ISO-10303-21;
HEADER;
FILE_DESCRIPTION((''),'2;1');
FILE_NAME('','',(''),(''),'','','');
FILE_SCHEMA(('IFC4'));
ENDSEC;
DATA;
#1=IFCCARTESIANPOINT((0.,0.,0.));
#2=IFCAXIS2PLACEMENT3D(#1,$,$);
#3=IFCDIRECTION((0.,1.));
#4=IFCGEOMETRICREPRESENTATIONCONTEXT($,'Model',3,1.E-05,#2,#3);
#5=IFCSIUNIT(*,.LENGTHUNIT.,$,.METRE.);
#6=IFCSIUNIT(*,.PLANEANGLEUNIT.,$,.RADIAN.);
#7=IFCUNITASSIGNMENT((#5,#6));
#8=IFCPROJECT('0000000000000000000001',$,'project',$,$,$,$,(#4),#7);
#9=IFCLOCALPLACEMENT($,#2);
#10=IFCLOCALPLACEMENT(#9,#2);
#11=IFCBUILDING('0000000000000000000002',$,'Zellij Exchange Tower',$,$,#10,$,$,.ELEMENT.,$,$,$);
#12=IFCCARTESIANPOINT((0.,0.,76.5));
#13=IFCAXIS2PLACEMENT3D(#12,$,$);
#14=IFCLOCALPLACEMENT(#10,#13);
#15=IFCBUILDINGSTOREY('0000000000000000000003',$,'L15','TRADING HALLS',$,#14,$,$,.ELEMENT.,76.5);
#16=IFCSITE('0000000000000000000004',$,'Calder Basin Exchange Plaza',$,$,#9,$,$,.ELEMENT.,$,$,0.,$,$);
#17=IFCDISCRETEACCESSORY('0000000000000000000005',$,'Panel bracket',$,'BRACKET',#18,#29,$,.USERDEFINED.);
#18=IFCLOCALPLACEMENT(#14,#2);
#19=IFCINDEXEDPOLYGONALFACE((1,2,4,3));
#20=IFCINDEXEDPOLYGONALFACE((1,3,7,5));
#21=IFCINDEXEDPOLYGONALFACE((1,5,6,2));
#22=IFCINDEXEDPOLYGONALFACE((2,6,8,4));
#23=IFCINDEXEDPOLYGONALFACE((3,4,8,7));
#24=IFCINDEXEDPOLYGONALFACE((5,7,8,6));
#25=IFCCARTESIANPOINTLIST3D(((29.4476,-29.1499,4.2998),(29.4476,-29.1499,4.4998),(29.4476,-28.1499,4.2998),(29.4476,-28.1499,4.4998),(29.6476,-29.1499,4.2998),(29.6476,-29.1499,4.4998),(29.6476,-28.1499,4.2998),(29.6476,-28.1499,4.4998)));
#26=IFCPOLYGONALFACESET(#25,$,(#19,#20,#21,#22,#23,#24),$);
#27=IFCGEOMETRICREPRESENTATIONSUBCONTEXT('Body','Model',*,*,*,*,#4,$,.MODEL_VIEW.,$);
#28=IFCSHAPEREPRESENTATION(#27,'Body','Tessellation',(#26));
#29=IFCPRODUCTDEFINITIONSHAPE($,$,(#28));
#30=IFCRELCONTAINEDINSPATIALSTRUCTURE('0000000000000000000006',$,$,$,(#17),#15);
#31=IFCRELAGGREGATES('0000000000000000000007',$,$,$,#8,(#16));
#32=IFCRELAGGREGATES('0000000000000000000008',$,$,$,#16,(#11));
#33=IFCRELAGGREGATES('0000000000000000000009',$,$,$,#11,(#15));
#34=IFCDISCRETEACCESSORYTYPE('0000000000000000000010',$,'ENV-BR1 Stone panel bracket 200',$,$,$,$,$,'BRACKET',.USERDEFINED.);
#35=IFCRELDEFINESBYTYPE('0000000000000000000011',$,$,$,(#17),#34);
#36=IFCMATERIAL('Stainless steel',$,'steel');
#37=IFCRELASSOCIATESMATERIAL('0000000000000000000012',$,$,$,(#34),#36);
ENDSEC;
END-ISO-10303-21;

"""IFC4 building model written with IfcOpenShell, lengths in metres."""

from ifc_helpers import new_model, si_unit, direction, frame, origin, origin_2d, place, context, subcontext, project, spatial, rectangle, extrude, material, type_object, element, save


model = new_model("IFC4")

# Units and contexts
model_context = context("Model", 3, precision=1e-05, world=origin(), true_north=direction((0.0, 1.0)))
body_context = subcontext(model_context, "Body", "Model", "MODEL_VIEW")
ifc_project = project(units=[si_unit("LENGTHUNIT", "METRE"), si_unit("PLANEANGLEUNIT", "RADIAN")], contexts=[model_context])

# Site, building, storey
site_placement = place(None, origin())
site = spatial("IfcSite", under=ifc_project, at=site_placement, Name="Calder Basin Exchange Plaza", CompositionType="ELEMENT", RefElevation=0.0)
building_placement = place(site_placement, origin())
building = spatial("IfcBuilding", under=site, at=building_placement, Name="Zellij Exchange Tower", CompositionType="ELEMENT")
storey_placement = place(building_placement, frame((0.0, 0.0, 76.5)))
storey = spatial("IfcBuildingStorey", under=building, at=storey_placement, Name="L15", Description="TRADING HALLS", CompositionType="ELEMENT", Elevation=76.5)

# Discrete accessory
ifc_material_1 = material(Name="Stainless steel", Category="steel")
discrete_accessory_type = type_object("IfcDiscreteAccessoryType", Name="ENV-BR1 Stone panel bracket 200", ElementType="BRACKET", PredefinedType="USERDEFINED", material=ifc_material_1)
for number, where, z_axis, x_axis, name in (
    (1, (29.5476, -28.6499, 4.2998), (0.0, 0.0, 1.0), (1.0, 0.0, 0.0), "Panel bracket"),
):
    element("IfcDiscreteAccessory", number, at=place(storey_placement, frame(where, z_axis=z_axis, x_axis=x_axis)), inside=storey, type_object=discrete_accessory_type, Name=name, ObjectType="BRACKET", PredefinedType="USERDEFINED", context=body_context, shape_type="SweptSolid", body=[
        extrude(rectangle(XDim=0.2, YDim=1.0, at=origin_2d()), origin(), (0.0, 0.0, 1.0), 0.2),
    ])

save(model, "model.ifc")
